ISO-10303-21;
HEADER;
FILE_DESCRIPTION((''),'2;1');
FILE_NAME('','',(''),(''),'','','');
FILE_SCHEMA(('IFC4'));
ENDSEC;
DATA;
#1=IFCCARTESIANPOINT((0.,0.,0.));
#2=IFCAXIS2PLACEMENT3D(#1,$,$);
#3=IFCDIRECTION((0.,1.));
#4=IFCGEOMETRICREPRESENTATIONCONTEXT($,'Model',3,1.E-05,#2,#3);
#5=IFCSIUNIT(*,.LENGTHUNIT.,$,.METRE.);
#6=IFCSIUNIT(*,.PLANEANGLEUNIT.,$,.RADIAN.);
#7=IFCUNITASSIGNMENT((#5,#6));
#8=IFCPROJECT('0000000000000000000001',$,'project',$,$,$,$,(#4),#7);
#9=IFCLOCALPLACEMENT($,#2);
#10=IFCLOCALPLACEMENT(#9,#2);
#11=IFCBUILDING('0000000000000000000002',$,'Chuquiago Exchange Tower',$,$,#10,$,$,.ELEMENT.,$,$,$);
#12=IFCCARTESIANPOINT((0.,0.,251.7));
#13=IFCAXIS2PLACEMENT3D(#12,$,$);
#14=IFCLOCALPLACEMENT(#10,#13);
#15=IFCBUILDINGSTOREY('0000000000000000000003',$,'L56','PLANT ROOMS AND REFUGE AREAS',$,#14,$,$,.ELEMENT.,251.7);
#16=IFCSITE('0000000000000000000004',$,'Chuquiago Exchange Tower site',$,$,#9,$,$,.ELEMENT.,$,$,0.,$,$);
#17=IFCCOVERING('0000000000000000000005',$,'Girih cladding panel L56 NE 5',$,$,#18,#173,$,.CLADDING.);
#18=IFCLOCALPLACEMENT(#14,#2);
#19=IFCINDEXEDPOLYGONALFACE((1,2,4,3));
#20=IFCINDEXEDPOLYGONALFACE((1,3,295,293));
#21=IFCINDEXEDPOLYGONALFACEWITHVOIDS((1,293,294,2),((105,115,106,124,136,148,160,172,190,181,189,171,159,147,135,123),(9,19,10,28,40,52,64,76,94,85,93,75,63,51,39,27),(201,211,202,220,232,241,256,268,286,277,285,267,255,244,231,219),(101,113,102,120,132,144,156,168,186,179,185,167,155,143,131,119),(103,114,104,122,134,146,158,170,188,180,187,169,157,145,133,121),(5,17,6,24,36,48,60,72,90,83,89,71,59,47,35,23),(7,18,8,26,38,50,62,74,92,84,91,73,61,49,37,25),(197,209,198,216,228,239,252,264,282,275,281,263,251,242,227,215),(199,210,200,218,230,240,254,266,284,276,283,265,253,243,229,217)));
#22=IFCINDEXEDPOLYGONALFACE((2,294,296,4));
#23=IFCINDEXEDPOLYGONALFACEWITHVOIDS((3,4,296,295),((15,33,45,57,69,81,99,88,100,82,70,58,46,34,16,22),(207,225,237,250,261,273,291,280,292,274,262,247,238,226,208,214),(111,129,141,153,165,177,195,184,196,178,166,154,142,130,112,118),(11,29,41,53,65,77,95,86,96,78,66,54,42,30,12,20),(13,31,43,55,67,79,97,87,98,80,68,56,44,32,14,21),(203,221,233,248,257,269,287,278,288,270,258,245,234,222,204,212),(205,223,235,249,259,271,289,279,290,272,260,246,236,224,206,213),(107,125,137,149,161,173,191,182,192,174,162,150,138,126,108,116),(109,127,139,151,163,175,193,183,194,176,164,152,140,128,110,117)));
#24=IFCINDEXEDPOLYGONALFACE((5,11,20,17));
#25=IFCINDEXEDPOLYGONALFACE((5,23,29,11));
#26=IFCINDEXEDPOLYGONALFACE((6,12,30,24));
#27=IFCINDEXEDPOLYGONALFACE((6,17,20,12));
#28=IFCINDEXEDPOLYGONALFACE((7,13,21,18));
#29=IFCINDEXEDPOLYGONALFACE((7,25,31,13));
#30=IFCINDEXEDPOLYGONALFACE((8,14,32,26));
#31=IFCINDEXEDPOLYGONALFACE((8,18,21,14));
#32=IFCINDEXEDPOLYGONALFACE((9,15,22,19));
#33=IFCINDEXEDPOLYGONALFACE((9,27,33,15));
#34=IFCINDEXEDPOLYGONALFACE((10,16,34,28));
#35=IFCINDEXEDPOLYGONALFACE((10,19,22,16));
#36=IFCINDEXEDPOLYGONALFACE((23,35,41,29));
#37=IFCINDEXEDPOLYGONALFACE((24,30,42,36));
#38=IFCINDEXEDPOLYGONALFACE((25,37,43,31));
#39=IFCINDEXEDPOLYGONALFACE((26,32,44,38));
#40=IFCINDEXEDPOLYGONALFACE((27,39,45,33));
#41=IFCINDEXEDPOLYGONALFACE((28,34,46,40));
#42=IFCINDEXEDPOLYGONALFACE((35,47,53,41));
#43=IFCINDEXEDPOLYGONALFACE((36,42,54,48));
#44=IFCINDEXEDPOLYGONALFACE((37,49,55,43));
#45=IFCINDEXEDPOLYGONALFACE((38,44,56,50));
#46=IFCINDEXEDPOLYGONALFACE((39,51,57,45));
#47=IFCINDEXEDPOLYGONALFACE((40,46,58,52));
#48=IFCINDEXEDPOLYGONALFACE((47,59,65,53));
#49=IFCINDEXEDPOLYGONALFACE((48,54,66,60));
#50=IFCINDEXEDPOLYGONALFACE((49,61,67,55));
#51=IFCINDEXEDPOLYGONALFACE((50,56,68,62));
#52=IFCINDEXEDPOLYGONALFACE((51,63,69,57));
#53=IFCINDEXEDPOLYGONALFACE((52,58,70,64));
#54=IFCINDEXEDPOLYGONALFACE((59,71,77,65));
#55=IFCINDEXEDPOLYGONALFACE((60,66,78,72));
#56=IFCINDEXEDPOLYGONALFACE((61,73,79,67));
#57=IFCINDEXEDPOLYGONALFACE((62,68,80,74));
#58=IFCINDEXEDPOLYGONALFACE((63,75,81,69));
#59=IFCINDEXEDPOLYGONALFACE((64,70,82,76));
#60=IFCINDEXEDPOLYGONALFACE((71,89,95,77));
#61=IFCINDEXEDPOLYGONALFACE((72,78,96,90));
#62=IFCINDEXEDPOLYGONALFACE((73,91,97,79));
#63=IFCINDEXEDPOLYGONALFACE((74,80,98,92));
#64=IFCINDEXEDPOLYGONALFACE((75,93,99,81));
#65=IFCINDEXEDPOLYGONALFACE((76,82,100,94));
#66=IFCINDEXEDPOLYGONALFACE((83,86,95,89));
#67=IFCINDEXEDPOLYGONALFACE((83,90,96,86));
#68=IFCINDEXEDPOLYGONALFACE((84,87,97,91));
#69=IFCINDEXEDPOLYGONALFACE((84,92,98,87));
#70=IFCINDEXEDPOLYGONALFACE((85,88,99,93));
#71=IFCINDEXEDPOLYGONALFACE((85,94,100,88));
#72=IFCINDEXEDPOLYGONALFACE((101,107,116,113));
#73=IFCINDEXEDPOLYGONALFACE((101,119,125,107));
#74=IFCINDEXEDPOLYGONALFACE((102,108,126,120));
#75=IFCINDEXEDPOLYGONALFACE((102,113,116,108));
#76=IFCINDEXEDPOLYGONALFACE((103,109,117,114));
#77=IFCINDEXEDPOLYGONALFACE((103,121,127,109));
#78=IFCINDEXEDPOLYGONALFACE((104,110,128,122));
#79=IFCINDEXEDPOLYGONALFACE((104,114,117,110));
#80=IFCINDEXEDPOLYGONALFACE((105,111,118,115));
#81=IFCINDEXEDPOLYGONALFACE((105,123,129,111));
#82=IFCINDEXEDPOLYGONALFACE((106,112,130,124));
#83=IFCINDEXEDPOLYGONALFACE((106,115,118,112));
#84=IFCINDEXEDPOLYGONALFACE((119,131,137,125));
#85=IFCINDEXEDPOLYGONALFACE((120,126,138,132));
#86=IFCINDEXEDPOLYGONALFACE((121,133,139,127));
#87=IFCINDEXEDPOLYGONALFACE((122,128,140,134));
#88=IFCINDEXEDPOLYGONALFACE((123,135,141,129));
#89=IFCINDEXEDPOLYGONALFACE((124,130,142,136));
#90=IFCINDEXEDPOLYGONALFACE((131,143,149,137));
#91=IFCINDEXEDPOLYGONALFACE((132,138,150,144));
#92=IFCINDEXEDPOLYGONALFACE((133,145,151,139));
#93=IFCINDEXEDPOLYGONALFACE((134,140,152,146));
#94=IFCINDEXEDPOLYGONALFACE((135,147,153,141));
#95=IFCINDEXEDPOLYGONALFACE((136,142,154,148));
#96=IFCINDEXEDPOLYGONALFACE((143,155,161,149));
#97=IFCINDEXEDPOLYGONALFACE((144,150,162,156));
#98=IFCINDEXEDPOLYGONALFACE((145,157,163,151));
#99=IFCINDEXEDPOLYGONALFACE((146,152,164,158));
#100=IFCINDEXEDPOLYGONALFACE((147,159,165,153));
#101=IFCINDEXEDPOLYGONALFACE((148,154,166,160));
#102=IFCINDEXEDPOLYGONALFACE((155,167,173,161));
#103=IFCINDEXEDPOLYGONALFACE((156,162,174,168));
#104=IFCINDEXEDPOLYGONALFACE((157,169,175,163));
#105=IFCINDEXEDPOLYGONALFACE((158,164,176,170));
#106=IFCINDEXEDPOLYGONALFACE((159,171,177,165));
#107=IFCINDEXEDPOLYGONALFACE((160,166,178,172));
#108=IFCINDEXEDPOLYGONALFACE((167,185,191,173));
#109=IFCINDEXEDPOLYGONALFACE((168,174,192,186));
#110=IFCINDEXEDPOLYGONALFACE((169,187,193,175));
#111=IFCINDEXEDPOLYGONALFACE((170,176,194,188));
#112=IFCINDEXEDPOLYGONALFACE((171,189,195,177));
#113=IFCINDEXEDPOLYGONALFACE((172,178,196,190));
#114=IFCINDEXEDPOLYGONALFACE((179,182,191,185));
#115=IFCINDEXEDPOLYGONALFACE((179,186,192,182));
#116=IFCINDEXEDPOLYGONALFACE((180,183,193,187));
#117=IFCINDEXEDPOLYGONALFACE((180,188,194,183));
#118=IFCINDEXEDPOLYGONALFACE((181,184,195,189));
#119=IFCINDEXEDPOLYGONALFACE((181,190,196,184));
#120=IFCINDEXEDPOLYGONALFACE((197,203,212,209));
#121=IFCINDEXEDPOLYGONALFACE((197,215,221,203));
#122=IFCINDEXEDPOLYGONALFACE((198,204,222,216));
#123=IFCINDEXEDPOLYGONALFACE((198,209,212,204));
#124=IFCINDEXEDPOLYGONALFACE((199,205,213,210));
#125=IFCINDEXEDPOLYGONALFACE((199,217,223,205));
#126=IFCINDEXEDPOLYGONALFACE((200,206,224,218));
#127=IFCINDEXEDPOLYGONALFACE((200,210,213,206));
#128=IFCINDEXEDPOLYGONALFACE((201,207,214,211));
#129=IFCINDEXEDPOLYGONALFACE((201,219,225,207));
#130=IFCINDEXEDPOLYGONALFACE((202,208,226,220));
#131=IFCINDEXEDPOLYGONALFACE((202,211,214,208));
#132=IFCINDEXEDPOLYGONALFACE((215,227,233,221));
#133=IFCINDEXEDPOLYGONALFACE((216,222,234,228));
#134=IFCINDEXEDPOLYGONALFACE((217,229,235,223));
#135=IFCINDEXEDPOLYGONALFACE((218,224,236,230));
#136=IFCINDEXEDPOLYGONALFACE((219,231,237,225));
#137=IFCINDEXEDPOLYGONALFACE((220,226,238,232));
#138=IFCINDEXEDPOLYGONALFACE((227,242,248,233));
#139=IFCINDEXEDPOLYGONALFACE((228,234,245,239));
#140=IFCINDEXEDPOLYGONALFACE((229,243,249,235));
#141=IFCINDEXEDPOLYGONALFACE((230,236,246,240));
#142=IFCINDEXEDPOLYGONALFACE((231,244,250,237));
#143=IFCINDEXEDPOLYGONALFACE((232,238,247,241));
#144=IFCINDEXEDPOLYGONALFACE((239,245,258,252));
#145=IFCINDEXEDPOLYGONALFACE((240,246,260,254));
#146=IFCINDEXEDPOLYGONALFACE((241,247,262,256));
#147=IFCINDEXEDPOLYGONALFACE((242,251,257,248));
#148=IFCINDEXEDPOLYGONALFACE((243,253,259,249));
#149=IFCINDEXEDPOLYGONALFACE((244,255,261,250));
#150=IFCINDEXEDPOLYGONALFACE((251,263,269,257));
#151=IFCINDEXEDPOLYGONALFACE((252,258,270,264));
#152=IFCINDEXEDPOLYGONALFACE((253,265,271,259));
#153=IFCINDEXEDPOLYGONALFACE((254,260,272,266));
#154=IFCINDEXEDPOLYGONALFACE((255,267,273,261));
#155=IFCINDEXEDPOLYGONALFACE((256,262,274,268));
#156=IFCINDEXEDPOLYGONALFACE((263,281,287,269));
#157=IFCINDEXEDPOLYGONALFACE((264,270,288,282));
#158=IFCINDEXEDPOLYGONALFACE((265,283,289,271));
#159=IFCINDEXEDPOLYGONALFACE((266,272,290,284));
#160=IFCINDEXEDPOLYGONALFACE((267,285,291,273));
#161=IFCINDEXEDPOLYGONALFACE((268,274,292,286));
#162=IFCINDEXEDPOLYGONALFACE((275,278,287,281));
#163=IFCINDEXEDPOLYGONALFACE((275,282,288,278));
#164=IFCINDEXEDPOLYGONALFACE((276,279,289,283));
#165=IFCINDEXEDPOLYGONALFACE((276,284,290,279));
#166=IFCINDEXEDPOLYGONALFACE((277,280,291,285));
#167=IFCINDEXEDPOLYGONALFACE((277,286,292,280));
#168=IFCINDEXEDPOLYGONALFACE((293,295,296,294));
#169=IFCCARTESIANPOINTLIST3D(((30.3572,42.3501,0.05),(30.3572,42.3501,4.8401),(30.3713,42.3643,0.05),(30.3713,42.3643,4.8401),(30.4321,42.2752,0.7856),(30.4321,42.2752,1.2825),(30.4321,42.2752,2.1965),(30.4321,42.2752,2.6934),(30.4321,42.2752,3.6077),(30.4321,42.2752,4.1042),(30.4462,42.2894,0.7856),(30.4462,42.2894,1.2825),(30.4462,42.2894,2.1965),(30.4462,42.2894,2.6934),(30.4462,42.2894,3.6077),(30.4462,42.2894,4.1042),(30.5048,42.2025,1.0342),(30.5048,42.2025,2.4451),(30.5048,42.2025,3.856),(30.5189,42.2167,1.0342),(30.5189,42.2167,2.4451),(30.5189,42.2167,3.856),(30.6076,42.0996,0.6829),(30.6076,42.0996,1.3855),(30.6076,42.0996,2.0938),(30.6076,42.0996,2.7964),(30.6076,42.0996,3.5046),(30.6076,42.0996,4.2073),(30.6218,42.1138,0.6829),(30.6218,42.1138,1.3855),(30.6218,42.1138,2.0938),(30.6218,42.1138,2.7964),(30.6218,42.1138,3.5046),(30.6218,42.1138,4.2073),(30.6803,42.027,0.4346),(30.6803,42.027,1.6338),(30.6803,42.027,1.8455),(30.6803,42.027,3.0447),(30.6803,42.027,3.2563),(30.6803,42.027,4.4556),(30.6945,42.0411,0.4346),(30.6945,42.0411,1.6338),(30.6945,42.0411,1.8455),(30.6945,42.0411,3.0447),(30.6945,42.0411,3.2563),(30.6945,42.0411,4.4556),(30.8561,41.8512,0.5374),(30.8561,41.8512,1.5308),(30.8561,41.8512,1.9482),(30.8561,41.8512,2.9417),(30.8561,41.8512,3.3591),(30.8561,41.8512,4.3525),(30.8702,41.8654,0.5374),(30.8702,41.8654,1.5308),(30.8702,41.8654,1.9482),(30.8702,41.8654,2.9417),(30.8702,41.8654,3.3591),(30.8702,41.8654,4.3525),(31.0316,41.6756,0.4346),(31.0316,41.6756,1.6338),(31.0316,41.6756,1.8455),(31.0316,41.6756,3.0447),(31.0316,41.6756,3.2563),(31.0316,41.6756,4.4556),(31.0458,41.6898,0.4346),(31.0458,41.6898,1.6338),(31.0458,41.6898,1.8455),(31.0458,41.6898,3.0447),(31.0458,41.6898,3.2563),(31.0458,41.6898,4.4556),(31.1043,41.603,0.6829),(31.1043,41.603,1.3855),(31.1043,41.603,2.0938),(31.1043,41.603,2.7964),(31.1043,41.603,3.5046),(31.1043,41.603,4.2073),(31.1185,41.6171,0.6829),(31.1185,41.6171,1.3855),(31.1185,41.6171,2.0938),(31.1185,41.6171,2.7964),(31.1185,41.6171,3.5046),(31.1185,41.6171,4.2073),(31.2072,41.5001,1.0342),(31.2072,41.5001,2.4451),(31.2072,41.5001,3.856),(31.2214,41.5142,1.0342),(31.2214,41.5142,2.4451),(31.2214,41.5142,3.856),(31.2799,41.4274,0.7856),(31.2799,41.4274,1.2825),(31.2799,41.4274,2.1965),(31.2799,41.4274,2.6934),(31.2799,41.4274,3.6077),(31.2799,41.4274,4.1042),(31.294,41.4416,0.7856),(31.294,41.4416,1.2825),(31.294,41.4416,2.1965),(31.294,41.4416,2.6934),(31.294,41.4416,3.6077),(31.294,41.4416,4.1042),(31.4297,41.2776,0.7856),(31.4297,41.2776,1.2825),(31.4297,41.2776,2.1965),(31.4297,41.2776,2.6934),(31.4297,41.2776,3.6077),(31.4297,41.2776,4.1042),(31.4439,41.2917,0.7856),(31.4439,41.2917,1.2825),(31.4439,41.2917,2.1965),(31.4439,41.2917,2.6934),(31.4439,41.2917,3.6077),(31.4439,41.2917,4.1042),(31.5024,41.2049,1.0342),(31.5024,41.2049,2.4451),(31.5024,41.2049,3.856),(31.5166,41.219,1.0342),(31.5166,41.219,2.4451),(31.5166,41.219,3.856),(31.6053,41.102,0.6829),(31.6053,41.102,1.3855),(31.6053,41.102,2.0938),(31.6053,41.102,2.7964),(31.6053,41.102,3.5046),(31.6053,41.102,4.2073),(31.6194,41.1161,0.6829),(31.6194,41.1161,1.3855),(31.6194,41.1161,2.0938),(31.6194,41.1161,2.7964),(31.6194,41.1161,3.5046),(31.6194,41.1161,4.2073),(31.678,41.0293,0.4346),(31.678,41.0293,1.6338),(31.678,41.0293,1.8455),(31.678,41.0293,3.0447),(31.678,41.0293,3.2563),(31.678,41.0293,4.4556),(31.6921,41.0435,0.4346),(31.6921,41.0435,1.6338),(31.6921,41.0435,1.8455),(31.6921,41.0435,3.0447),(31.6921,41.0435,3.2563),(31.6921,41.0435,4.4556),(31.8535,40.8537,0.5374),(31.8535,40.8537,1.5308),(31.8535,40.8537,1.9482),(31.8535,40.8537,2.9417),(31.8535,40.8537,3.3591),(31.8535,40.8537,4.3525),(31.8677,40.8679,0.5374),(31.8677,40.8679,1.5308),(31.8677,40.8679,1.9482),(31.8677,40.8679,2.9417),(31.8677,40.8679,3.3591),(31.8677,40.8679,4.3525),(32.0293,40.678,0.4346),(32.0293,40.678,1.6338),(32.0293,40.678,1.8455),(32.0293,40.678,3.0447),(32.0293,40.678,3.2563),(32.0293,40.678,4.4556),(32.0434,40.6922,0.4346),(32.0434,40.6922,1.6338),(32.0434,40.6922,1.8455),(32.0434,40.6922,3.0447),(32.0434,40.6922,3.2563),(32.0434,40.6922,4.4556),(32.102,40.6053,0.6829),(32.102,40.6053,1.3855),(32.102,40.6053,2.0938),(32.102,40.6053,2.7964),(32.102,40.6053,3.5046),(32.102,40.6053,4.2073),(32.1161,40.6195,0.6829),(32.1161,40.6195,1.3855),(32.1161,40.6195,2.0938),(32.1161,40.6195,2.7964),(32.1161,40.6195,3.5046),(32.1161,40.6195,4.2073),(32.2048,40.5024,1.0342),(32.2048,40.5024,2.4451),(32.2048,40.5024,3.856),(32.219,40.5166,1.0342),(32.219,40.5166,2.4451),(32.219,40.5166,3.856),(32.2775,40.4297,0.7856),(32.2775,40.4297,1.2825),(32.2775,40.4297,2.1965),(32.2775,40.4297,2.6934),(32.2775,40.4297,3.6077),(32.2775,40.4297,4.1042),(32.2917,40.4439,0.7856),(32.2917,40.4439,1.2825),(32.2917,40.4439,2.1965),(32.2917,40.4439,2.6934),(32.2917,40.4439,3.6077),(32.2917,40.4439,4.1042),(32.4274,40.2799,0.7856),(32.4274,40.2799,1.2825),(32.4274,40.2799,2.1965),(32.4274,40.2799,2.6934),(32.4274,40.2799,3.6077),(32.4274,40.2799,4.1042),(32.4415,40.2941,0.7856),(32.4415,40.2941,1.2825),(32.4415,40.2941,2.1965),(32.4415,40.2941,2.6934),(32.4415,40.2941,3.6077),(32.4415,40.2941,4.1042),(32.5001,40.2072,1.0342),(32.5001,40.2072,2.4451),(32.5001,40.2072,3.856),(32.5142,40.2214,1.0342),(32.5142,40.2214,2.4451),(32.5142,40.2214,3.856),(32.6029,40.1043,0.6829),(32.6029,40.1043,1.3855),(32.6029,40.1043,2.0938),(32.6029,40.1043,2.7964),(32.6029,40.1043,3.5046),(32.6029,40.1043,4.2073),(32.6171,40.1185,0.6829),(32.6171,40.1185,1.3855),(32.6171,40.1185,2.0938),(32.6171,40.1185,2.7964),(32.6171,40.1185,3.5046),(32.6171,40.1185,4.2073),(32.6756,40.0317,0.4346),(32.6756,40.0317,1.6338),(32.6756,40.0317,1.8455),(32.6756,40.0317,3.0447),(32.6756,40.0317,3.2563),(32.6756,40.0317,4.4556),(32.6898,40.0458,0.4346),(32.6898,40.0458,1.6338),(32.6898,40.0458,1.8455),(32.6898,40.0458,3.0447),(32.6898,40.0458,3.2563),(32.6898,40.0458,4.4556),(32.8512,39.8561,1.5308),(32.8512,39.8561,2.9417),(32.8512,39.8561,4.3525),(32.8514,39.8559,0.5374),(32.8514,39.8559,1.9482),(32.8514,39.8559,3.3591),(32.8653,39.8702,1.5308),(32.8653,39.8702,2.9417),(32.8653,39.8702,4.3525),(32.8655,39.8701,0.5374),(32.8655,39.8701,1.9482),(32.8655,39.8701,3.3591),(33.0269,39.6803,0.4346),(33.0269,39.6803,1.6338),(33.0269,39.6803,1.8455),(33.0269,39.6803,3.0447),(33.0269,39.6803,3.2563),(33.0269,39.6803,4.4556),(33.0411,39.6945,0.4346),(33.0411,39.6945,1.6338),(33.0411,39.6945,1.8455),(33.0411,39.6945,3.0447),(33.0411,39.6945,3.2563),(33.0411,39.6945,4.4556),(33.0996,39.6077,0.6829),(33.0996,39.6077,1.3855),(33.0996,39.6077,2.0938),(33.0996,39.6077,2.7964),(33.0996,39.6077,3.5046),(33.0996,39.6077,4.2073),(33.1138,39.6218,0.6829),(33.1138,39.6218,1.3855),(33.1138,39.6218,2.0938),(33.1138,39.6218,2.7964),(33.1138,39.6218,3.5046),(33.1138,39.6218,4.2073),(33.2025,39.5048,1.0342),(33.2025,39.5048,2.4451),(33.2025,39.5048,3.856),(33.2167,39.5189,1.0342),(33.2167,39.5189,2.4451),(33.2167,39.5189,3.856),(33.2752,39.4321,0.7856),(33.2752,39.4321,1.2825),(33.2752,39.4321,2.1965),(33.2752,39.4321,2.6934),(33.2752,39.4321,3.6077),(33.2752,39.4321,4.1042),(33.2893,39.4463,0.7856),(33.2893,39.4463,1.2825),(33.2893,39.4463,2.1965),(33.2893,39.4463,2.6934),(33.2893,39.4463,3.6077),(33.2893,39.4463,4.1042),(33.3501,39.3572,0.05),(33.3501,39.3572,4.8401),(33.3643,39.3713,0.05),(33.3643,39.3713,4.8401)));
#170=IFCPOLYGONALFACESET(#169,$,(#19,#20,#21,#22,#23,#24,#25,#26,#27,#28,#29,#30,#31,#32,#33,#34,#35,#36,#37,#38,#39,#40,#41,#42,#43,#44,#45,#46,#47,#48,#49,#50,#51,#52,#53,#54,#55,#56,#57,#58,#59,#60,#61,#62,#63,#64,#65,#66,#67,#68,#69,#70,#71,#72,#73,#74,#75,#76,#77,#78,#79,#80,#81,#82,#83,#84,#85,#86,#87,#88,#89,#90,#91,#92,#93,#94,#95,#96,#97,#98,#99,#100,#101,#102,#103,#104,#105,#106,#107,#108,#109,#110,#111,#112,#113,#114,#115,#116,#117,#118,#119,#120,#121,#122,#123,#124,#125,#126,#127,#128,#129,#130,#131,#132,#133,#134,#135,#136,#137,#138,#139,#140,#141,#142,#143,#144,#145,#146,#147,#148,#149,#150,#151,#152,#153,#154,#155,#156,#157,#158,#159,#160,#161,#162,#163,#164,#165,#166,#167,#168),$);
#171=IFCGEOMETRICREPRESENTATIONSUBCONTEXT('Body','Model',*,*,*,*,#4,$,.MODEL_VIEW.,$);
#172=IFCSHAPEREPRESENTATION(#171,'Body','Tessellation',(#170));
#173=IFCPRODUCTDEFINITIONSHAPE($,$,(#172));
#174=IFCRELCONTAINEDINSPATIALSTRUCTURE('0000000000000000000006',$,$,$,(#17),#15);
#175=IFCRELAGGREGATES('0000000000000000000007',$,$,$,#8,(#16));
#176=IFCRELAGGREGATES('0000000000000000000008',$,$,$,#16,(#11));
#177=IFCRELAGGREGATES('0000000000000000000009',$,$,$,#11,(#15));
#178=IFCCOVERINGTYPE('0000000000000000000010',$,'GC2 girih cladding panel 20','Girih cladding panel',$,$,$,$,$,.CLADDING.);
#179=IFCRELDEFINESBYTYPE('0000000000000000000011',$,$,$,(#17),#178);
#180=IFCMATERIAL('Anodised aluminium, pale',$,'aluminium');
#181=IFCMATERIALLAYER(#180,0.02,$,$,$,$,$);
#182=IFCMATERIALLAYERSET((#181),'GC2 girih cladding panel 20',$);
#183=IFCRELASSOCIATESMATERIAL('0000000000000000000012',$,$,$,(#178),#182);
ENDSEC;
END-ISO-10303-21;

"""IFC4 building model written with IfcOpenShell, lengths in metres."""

from ifc_helpers import new_model, si_unit, direction, frame, origin, place, context, subcontext, project, spatial, polyline, outline, extrude, material, layer, layer_set, type_object, element, save


model = new_model("IFC4")

# Units and contexts
model_context = context("Model", 3, precision=1e-05, world=origin(), true_north=direction((0.0, 1.0)))
body_context = subcontext(model_context, "Body", "Model", "MODEL_VIEW")
ifc_project = project(units=[si_unit("LENGTHUNIT", "METRE"), si_unit("PLANEANGLEUNIT", "RADIAN")], contexts=[model_context])

# Site, building, storey
site_placement = place(None, origin())
site = spatial("IfcSite", under=ifc_project, at=site_placement, Name="Chuquiago Exchange Tower site", CompositionType="ELEMENT", RefElevation=0.0)
building_placement = place(site_placement, origin())
building = spatial("IfcBuilding", under=site, at=building_placement, Name="Chuquiago Exchange Tower", CompositionType="ELEMENT")
storey_placement = place(building_placement, frame((0.0, 0.0, 251.7)))
storey = spatial("IfcBuildingStorey", under=building, at=storey_placement, Name="L56", Description="PLANT ROOMS AND REFUGE AREAS", CompositionType="ELEMENT", Elevation=251.7)

# Covering
ifc_material_1 = material(Name="Anodised aluminium, pale", Category="aluminium")
ifc_layer_1 = layer(ifc_material_1, 0.02)
ifc_layer_set_1 = layer_set([ifc_layer_1], Name="GC2 girih cladding panel 20")
covering_type = type_object("IfcCoveringType", Name="GC2 girih cladding panel 20", Description="Girih cladding panel", PredefinedType="CLADDING", material=ifc_layer_set_1)
covering_placement = place(storey_placement, frame((33.3501, 39.3572, 0.05), z_axis=(0.0, 0.0, 1.0), x_axis=(-0.707107, 0.707107, 0.0)))
element("IfcCovering", 1, at=covering_placement, inside=storey, type_object=covering_type, Name="Girih cladding panel L56 NE 5", PredefinedType="CLADDING", context=body_context, shape_type="SweptSolid", body=[
    extrude(outline(polyline([(0.0, 0.0), (4.2327, 0.0), (4.2327, 4.79), (0.0, 4.79), (0.0, 0.0)]), holes=[polyline([(1.2021, 0.9841), (1.3049, 1.2324), (1.0566, 1.3354), (0.9539, 1.5837), (0.7056, 1.4807), (0.457, 1.5837), (0.3542, 1.3354), (0.106, 1.2324), (0.2087, 0.9841), (0.106, 0.7356), (0.3542, 0.6328), (0.457, 0.3845), (0.7053, 0.4873), (0.9539, 0.3845), (1.0566, 0.6328), (1.3049, 0.7356), (1.2021, 0.9841)]), polyline([(2.613, 0.9841), (2.7158, 1.2324), (2.4675, 1.3354), (2.3647, 1.5837), (2.1165, 1.4807), (1.8679, 1.5837), (1.7651, 1.3354), (1.5168, 1.2324), (1.6196, 0.9841), (1.5168, 0.7356), (1.7651, 0.6328), (1.8679, 0.3845), (2.1165, 0.4873), (2.3647, 0.3845), (2.4675, 0.6328), (2.7158, 0.7356), (2.613, 0.9841)]), polyline([(4.0239, 0.9841), (4.1267, 1.2324), (3.8784, 1.3354), (3.7756, 1.5837), (3.5271, 1.4807), (3.2788, 1.5837), (3.176, 1.3354), (2.9277, 1.2324), (3.0305, 0.9841), (2.9277, 0.7356), (3.176, 0.6328), (3.2788, 0.3845), (3.5271, 0.4873), (3.7756, 0.3845), (3.8784, 0.6328), (4.1267, 0.7356), (4.0239, 0.9841)]), polyline([(1.2021, 2.395), (1.3049, 2.6433), (1.0566, 2.7463), (0.9539, 2.9946), (0.7056, 2.8916), (0.457, 2.9946), (0.3542, 2.7463), (0.106, 2.6433), (0.2087, 2.395), (0.106, 2.1465), (0.3542, 2.0437), (0.457, 1.7954), (0.7053, 1.8982), (0.9539, 1.7954), (1.0566, 2.0437), (1.3049, 2.1465), (1.2021, 2.395)]), polyline([(2.613, 2.395), (2.7158, 2.6433), (2.4675, 2.7463), (2.3647, 2.9946), (2.1165, 2.8916), (1.8679, 2.9946), (1.7651, 2.7463), (1.5168, 2.6433), (1.6196, 2.395), (1.5168, 2.1465), (1.7651, 2.0437), (1.8679, 1.7954), (2.1165, 1.8982), (2.3647, 1.7954), (2.4675, 2.0437), (2.7158, 2.1465), (2.613, 2.395)]), polyline([(4.0239, 2.395), (4.1267, 2.6433), (3.8784, 2.7463), (3.7756, 2.9946), (3.5271, 2.8916), (3.2788, 2.9946), (3.176, 2.7463), (2.9277, 2.6433), (3.0305, 2.395), (2.9277, 2.1465), (3.176, 2.0437), (3.2788, 1.7954), (3.5271, 1.8982), (3.7756, 1.7954), (3.8784, 2.0437), (4.1267, 2.1465), (4.0239, 2.395)]), polyline([(1.2021, 3.8059), (1.3049, 4.0542), (1.0566, 4.1572), (0.9539, 4.4055), (0.7056, 4.3025), (0.457, 4.4055), (0.3542, 4.1572), (0.106, 4.0542), (0.2087, 3.8059), (0.106, 3.5576), (0.3542, 3.4546), (0.457, 3.2063), (0.7053, 3.3091), (0.9539, 3.2063), (1.0566, 3.4546), (1.3049, 3.5576), (1.2021, 3.8059)]), polyline([(2.613, 3.8059), (2.7158, 4.0542), (2.4675, 4.1572), (2.3647, 4.4055), (2.1165, 4.3025), (1.8679, 4.4055), (1.7651, 4.1572), (1.5168, 4.0542), (1.6196, 3.8059), (1.5168, 3.5576), (1.7651, 3.4546), (1.8679, 3.2063), (2.1165, 3.3091), (2.3647, 3.2063), (2.4675, 3.4546), (2.7158, 3.5576), (2.613, 3.8059)]), polyline([(4.0239, 3.8059), (4.1267, 4.0542), (3.8784, 4.1572), (3.7756, 4.4055), (3.5271, 4.3025), (3.2788, 4.4055), (3.176, 4.1572), (2.9277, 4.0542), (3.0305, 3.8059), (2.9277, 3.5576), (3.176, 3.4546), (3.2788, 3.2063), (3.5271, 3.3091), (3.7756, 3.2063), (3.8784, 3.4546), (4.1267, 3.5576), (4.0239, 3.8059)])]), frame((0.0, 0.0, 0.0), z_axis=(0.0, -1.0, 0.0), x_axis=(1.0, 0.0, 0.0)), (0.0, 0.0, 1.0), 0.02),
])

save(model, "model.ifc")
